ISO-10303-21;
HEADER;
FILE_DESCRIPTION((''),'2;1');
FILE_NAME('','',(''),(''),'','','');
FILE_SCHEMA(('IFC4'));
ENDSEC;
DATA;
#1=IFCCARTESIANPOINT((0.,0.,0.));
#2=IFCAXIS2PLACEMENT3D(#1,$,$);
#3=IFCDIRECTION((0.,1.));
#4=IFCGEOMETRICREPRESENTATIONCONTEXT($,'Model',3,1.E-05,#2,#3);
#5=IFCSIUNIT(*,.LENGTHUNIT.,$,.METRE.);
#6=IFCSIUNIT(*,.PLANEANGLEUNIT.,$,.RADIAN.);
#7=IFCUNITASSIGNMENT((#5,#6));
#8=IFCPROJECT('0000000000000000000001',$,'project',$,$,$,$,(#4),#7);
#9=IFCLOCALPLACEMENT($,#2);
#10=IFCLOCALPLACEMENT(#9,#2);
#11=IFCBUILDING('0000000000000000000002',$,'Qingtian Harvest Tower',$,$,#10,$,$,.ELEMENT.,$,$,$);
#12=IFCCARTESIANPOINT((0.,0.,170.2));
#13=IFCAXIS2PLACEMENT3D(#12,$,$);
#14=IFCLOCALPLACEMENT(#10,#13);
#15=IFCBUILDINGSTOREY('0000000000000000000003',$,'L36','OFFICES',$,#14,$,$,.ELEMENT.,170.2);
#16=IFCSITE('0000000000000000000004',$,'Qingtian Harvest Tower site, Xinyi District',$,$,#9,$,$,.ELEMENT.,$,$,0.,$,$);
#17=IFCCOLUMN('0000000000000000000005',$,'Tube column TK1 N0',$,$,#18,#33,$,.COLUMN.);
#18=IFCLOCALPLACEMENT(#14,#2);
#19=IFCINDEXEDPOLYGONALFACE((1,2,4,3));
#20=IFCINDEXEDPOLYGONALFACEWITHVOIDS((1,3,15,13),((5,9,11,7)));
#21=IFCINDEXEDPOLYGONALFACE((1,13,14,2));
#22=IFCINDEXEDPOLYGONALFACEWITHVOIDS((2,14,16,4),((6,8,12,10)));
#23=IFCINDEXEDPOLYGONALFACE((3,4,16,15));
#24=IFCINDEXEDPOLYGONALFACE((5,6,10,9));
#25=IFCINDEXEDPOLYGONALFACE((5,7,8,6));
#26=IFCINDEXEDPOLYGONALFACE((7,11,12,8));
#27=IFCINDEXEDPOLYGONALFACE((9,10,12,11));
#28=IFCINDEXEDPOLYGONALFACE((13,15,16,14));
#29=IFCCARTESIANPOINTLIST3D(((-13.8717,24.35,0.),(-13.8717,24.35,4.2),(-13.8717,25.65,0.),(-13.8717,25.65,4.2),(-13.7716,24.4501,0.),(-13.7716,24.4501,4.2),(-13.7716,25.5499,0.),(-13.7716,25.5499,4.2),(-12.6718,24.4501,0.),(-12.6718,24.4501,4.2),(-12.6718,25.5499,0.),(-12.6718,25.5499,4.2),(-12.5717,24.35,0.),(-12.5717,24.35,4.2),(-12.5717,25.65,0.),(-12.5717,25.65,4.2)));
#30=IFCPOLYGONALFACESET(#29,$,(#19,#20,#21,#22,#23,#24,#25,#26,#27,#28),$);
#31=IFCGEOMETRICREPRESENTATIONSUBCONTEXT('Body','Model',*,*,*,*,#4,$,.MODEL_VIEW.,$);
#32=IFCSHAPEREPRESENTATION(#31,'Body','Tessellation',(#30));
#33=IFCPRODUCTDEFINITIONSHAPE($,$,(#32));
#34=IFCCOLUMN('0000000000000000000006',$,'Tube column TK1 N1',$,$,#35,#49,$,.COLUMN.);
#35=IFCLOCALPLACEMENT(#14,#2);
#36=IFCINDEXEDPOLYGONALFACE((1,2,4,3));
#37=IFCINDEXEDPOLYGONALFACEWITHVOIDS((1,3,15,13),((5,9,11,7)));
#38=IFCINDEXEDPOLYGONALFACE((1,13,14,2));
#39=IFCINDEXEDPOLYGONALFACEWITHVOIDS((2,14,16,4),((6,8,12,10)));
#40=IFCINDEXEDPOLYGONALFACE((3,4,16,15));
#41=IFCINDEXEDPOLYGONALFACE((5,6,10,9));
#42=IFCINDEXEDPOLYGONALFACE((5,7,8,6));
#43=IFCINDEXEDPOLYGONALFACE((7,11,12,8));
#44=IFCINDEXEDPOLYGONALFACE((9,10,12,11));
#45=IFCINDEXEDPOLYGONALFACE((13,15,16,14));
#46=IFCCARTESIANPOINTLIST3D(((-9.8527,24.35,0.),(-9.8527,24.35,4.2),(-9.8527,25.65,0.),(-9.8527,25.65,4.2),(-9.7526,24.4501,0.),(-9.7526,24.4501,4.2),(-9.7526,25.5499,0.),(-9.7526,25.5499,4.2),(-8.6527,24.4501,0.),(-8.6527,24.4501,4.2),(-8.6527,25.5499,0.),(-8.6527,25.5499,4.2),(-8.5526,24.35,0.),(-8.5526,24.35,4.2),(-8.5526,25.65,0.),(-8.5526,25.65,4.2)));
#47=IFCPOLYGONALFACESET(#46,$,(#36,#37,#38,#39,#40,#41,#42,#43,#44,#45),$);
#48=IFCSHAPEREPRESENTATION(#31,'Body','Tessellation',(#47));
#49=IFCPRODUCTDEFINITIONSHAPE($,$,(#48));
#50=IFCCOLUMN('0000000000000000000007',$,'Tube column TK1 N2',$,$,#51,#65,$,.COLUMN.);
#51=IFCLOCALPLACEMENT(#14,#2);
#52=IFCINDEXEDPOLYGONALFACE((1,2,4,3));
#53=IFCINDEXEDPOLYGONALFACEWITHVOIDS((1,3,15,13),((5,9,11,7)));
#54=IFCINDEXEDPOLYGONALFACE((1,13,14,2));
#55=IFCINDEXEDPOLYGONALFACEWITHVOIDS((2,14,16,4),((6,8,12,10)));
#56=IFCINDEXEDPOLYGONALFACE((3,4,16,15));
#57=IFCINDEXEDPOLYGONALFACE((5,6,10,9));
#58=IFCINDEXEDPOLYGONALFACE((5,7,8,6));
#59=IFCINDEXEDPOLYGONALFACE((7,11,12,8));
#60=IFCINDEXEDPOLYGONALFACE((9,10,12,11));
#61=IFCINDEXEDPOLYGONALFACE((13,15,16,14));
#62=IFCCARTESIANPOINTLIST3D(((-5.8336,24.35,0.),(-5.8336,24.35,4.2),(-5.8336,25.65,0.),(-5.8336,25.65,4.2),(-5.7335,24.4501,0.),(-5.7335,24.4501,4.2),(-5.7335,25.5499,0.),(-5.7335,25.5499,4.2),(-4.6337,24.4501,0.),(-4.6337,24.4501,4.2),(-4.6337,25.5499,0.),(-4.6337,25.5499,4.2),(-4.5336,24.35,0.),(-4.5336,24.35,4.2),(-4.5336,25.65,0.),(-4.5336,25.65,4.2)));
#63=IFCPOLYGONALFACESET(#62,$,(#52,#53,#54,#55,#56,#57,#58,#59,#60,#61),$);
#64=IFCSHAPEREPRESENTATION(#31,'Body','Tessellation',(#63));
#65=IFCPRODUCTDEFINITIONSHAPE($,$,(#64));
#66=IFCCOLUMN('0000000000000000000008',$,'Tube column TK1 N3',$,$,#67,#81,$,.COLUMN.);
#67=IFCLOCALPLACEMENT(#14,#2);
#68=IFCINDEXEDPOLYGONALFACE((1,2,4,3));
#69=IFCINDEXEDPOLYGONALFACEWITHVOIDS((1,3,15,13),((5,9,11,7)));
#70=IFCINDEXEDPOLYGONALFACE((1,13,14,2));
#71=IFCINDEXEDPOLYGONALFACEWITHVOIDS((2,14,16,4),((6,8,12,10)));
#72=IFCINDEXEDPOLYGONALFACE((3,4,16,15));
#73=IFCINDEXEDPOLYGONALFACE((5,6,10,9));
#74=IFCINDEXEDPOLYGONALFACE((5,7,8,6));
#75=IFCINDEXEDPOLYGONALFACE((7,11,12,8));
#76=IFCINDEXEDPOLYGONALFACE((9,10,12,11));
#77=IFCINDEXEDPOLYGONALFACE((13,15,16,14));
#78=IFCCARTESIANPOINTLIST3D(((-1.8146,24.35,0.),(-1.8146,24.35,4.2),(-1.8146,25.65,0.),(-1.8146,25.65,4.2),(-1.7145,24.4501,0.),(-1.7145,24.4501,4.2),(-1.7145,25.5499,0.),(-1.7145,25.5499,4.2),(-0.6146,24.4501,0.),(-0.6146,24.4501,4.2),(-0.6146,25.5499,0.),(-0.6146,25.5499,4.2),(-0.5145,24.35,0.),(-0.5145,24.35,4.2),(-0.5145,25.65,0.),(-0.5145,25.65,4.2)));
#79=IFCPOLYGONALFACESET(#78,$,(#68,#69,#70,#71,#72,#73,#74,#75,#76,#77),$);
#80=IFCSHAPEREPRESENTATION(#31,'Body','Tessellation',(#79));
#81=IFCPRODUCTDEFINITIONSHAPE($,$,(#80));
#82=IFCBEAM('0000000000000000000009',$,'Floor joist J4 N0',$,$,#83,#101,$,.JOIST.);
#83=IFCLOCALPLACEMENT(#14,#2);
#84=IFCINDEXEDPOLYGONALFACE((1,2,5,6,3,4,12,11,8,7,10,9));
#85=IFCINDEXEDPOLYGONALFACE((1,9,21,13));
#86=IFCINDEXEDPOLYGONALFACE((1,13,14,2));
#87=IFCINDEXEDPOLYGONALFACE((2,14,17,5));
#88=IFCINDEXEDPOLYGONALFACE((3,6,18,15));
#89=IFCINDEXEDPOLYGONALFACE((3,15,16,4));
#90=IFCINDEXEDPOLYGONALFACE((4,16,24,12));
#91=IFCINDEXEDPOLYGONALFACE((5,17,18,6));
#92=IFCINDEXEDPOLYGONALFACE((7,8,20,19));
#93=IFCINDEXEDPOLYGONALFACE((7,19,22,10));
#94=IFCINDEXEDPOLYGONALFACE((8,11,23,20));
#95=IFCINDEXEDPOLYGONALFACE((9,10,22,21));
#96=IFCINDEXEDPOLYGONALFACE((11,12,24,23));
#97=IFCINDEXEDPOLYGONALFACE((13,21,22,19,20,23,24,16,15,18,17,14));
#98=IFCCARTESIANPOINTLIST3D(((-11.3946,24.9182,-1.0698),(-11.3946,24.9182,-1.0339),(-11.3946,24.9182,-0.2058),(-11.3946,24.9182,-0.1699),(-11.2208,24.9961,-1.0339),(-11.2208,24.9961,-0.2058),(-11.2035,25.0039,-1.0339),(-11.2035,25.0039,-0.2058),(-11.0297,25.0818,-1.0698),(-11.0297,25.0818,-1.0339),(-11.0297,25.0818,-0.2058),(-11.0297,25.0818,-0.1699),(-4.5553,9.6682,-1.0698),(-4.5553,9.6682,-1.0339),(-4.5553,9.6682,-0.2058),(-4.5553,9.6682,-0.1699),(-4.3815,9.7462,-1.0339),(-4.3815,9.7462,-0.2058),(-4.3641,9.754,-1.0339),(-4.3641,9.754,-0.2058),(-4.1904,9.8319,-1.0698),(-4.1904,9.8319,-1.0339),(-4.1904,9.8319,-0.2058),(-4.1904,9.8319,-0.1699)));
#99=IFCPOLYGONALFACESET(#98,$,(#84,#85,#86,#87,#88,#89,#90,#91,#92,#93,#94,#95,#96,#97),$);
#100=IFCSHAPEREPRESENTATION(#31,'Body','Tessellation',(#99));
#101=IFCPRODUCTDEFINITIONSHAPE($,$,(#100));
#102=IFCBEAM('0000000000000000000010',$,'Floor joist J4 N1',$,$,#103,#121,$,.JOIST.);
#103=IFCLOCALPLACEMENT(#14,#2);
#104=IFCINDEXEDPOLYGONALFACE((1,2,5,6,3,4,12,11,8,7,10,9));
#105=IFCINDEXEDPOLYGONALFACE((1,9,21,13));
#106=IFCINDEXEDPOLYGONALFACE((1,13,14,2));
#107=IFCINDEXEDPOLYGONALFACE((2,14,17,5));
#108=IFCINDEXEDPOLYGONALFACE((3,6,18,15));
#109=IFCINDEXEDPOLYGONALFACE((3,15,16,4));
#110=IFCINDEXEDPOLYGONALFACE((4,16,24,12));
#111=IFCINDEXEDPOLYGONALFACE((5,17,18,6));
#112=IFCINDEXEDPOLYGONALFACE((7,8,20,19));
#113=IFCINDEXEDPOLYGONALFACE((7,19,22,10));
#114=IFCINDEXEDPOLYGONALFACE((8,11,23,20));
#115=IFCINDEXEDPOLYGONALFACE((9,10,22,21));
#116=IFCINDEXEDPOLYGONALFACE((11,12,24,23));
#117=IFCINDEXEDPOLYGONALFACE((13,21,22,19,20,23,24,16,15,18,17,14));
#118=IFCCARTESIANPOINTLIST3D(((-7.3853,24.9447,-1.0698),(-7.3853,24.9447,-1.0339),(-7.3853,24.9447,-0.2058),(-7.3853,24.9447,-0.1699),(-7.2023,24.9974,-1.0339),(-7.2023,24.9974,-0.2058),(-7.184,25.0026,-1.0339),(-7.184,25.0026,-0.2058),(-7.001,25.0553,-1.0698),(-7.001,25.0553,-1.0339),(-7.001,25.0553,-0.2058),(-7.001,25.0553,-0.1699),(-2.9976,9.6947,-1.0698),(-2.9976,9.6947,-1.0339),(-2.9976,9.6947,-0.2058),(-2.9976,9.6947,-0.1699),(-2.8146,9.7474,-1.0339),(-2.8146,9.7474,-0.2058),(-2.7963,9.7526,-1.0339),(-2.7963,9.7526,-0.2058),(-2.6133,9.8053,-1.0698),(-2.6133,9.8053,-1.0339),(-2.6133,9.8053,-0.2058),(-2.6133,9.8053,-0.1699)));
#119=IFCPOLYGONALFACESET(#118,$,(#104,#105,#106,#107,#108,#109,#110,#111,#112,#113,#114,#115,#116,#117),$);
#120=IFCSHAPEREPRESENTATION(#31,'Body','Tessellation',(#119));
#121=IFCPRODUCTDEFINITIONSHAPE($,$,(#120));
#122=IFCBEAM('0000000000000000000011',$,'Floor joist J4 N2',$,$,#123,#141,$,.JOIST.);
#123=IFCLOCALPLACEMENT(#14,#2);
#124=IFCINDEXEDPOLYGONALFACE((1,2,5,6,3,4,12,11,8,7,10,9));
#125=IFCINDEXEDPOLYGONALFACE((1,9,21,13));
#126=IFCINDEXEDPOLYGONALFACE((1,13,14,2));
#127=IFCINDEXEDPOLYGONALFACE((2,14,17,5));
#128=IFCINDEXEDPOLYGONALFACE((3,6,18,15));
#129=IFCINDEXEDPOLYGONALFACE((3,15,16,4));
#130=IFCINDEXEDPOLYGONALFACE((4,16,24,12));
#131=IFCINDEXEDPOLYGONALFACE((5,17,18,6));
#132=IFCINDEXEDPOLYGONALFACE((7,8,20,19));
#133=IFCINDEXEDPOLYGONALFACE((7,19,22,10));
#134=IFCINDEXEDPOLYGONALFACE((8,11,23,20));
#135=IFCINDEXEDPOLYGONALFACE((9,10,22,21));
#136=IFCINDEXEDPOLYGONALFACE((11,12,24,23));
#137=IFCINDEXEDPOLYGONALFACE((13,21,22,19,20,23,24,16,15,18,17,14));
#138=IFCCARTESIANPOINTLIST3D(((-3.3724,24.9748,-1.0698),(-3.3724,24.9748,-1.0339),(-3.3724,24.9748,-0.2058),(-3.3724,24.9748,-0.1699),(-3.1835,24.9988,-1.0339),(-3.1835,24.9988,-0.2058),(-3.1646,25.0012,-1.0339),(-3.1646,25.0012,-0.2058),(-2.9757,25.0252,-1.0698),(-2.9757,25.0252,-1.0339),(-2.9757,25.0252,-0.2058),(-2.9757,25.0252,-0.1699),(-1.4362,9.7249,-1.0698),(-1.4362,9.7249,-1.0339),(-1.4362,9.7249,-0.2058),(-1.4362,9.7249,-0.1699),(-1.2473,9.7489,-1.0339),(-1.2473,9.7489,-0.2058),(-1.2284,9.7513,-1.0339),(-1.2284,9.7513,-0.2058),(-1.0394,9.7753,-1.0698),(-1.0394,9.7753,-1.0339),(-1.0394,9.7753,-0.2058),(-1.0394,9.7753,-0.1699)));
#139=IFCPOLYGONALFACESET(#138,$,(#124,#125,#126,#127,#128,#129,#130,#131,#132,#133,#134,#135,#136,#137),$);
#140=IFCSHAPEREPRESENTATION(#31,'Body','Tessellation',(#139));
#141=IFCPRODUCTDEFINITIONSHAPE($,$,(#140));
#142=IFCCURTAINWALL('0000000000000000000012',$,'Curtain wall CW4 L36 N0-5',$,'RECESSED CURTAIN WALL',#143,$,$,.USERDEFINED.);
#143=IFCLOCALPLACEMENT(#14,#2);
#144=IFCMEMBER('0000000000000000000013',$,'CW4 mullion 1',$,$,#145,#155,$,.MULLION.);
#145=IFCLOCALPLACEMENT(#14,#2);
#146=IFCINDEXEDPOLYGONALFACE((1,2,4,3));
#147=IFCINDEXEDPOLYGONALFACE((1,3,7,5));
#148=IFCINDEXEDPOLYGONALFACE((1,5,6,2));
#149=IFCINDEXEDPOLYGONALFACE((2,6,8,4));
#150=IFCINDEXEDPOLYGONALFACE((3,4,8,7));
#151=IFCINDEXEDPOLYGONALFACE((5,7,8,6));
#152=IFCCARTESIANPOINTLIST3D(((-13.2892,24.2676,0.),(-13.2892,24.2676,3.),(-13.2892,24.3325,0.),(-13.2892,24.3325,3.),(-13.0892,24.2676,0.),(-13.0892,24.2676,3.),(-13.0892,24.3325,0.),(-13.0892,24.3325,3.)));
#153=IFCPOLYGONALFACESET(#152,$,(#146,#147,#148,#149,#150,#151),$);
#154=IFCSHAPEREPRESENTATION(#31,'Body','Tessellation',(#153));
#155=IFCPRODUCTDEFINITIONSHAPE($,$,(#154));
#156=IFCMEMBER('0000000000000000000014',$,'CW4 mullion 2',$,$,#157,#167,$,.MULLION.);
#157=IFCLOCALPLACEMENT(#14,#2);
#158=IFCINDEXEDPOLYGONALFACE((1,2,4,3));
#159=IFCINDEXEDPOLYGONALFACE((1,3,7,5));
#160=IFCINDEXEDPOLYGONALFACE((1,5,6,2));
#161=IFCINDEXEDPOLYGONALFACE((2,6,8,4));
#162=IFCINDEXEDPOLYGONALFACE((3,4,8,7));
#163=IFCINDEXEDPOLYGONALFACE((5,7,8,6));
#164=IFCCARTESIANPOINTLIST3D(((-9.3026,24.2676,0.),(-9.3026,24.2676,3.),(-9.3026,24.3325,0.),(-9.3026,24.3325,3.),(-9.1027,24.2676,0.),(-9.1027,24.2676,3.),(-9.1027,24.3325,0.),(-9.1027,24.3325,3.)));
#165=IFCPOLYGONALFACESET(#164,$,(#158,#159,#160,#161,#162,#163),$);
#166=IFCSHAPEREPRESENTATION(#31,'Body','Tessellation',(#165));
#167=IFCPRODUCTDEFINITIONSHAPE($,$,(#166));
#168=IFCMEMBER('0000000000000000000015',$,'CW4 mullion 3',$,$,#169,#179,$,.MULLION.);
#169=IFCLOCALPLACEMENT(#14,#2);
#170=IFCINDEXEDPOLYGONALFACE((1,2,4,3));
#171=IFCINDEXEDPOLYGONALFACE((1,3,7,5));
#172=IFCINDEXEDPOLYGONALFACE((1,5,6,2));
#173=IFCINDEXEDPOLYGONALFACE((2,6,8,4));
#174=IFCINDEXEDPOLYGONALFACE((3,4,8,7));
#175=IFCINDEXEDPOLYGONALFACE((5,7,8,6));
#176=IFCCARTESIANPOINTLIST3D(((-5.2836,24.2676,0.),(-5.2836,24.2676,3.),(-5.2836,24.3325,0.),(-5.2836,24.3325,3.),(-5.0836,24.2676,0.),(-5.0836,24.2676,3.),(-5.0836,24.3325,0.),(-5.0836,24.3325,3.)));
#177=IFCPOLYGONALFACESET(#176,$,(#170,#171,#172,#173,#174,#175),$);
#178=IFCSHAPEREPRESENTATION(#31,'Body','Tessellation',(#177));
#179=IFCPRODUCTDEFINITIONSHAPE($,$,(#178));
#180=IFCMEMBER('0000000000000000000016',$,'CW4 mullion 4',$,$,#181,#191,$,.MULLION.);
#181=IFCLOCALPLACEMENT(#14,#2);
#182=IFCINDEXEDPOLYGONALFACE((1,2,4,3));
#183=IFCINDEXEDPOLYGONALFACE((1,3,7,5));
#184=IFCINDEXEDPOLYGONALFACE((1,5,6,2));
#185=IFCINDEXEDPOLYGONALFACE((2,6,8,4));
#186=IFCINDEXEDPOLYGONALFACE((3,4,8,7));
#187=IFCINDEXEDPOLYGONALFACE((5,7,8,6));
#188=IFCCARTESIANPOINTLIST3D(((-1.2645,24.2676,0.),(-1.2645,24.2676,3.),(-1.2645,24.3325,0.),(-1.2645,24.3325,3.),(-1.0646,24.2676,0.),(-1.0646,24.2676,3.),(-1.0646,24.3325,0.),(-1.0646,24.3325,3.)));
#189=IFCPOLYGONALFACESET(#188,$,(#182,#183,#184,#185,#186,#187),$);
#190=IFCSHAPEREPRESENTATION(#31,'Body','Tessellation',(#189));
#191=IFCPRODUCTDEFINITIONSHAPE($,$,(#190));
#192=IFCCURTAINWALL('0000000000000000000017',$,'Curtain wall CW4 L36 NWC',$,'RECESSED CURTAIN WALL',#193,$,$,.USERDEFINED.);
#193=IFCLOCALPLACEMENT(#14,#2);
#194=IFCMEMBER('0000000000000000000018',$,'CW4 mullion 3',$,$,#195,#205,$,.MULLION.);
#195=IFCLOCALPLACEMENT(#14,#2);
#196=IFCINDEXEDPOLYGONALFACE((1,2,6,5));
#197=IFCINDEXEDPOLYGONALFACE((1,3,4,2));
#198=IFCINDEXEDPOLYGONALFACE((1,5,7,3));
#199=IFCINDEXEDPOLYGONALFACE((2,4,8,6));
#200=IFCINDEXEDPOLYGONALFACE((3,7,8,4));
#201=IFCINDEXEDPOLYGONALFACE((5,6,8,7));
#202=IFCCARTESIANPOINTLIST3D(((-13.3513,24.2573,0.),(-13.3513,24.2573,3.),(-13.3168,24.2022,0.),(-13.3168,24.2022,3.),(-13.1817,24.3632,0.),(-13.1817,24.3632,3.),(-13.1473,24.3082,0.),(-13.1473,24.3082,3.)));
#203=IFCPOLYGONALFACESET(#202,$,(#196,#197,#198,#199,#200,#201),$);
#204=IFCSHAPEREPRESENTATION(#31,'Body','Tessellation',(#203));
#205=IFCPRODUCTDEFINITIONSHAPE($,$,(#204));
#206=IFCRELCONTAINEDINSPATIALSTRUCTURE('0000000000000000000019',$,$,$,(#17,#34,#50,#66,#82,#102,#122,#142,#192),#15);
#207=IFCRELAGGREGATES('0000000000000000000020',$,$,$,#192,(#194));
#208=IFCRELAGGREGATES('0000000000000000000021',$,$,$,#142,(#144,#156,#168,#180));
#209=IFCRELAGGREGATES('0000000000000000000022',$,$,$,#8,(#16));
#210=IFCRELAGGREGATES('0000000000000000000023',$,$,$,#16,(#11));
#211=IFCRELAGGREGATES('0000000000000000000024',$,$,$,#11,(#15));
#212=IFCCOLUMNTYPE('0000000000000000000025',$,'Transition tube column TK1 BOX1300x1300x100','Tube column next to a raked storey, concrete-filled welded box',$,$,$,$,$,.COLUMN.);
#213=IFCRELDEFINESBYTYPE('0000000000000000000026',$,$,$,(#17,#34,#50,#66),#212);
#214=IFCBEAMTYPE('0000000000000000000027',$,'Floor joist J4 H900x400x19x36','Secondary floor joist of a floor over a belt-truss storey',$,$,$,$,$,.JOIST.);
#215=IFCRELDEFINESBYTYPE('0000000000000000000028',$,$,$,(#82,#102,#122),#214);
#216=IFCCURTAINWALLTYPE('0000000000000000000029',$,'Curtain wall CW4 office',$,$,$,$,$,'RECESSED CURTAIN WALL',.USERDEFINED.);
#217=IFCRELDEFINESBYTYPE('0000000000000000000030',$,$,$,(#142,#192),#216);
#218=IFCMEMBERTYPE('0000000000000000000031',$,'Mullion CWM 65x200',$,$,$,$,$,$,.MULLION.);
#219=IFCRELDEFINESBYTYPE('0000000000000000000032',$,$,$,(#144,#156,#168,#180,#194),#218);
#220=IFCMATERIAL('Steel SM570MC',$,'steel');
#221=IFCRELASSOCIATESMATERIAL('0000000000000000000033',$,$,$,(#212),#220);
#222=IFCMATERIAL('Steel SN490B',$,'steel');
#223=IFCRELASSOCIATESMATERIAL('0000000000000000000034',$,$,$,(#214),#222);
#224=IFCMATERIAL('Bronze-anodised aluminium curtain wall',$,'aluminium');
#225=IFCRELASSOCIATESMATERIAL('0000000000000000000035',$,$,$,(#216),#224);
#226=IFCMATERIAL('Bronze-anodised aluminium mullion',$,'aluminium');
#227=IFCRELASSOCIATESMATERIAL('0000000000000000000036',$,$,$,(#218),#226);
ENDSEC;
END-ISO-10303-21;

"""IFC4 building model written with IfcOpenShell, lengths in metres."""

from ifc_helpers import new_model, si_unit, direction, frame, origin, origin_2d, place, context, subcontext, project, spatial, rectangle, hollow_rectangle, i_section, extrude, material, material_profile, profile_set, type_object, element, aggregate, save


model = new_model("IFC4")

# Units and contexts
model_context = context("Model", 3, precision=1e-05, world=origin(), true_north=direction((0.0, 1.0)))
body_context = subcontext(model_context, "Body", "Model", "MODEL_VIEW")
ifc_project = project(units=[si_unit("LENGTHUNIT", "METRE"), si_unit("PLANEANGLEUNIT", "RADIAN")], contexts=[model_context])

# Site, building, storey
site_placement = place(None, origin())
site = spatial("IfcSite", under=ifc_project, at=site_placement, Name="Qingtian Harvest Tower site, Xinyi District", CompositionType="ELEMENT", RefElevation=0.0)
building_placement = place(site_placement, origin())
building = spatial("IfcBuilding", under=site, at=building_placement, Name="Qingtian Harvest Tower", CompositionType="ELEMENT")
storey_placement = place(building_placement, frame((0.0, 0.0, 170.2)))
storey = spatial("IfcBuildingStorey", under=building, at=storey_placement, Name="L36", Description="OFFICES", CompositionType="ELEMENT", Elevation=170.2)

# Columns
ifc_material_1 = material(Name="Steel SM570MC", Category="steel")
ifc_material_profile_1 = material_profile(ifc_material_1, hollow_rectangle(XDim=1.3, YDim=1.3, WallThickness=0.1001, at=origin_2d()), Name="BOX1300x1300x100")
ifc_profile_set_1 = profile_set([ifc_material_profile_1], Name="Steel SM570MC")
column_type = type_object("IfcColumnType", Name="Transition tube column TK1 BOX1300x1300x100", Description="Tube column next to a raked storey, concrete-filled welded box", PredefinedType="COLUMN", material=ifc_profile_set_1)
for number, where, z_axis, x_axis, name in (
    (1, (-13.2217, 25.0, 0.0), (0.0, 0.0, 1.0), (-1.0, 0.0, 0.0), "Tube column TK1 N0"),
    (2, (-9.2026, 25.0, 0.0), (0.0, 0.0, 1.0), (-1.0, 0.0, 0.0), "Tube column TK1 N1"),
    (3, (-5.1836, 25.0, 0.0), (0.0, 0.0, 1.0), (-1.0, 0.0, 0.0), "Tube column TK1 N2"),
    (4, (-1.1646, 25.0, 0.0), (0.0, 0.0, 1.0), (-1.0, 0.0, 0.0), "Tube column TK1 N3"),
):
    element("IfcColumn", number, at=place(storey_placement, frame(where, z_axis=z_axis, x_axis=x_axis)), inside=storey, type_object=column_type, Name=name, PredefinedType="COLUMN", context=body_context, shape_type="SweptSolid", body=[
        extrude(hollow_rectangle(XDim=1.3, YDim=1.3, WallThickness=0.1001, at=origin_2d()), origin(), (0.0, 0.0, 1.0), 4.2),
    ])

# Beams
ifc_material_2 = material(Name="Steel SN490B", Category="steel")
ifc_material_profile_2 = material_profile(ifc_material_2, i_section(OverallWidth=0.3999, OverallDepth=0.8999, WebThickness=0.019, FlangeThickness=0.0359, at=origin_2d()), Name="H900x400x19x36")
ifc_profile_set_2 = profile_set([ifc_material_profile_2], Name="Steel SN490B")
beam_type_1 = type_object("IfcBeamType", Name="Floor joist J4 H900x400x19x36", Description="Secondary floor joist of a floor over a belt-truss storey", PredefinedType="JOIST", material=ifc_profile_set_2)
beam_1_placement = place(storey_placement, frame((-11.2122, 25.0, -0.6199), z_axis=(0.409213, -0.912439, 0.0), x_axis=(0.912439, 0.409213, 0.0)))
element("IfcBeam", 5, at=beam_1_placement, inside=storey, type_object=beam_type_1, Name="Floor joist J4 N0", PredefinedType="JOIST", context=body_context, shape_type="SweptSolid", body=[
    extrude(i_section(OverallWidth=0.3999, OverallDepth=0.8999, WebThickness=0.019, FlangeThickness=0.0359, at=origin_2d()), origin(), (0.0, 0.0, 1.0), 16.7134),
])
beam_2_placement = place(storey_placement, frame((-7.1931, 25.0, -0.6199), z_axis=(0.276501, -0.961014, 0.0), x_axis=(0.961014, 0.276501, 0.0)))
element("IfcBeam", 6, at=beam_2_placement, inside=storey, type_object=beam_type_1, Name="Floor joist J4 N1", PredefinedType="JOIST", context=body_context, shape_type="SweptSolid", body=[
    extrude(i_section(OverallWidth=0.3999, OverallDepth=0.8999, WebThickness=0.019, FlangeThickness=0.0359, at=origin_2d()), origin(), (0.0, 0.0, 1.0), 15.8687),
])
beam_3_placement = place(storey_placement, frame((-3.1741, 25.0, -0.6199), z_axis=(0.125958, -0.992036, 0.0), x_axis=(0.992036, 0.125958, 0.0)))
element("IfcBeam", 7, at=beam_3_placement, inside=storey, type_object=beam_type_1, Name="Floor joist J4 N2", PredefinedType="JOIST", context=body_context, shape_type="SweptSolid", body=[
    extrude(i_section(OverallWidth=0.3999, OverallDepth=0.8999, WebThickness=0.019, FlangeThickness=0.0359, at=origin_2d()), origin(), (0.0, 0.0, 1.0), 15.3723),
])

# Curtain wall, members
ifc_material_3 = material(Name="Bronze-anodised aluminium curtain wall", Category="aluminium")
curtain_wall_type = type_object("IfcCurtainWallType", Name="Curtain wall CW4 office", ElementType="RECESSED CURTAIN WALL", PredefinedType="USERDEFINED", material=ifc_material_3)
curtain_wall_1_placement = place(storey_placement, origin())
curtain_wall_1 = element("IfcCurtainWall", 8, at=curtain_wall_1_placement, inside=storey, type_object=curtain_wall_type, Name="Curtain wall CW4 L36 N0-5", ObjectType="RECESSED CURTAIN WALL", PredefinedType="USERDEFINED")
ifc_material_4 = material(Name="Bronze-anodised aluminium mullion", Category="aluminium")
ifc_material_profile_3 = material_profile(ifc_material_4, rectangle(XDim=0.0649, YDim=0.2, at=origin_2d()), Name="AL 65x200")
ifc_profile_set_3 = profile_set([ifc_material_profile_3], Name="Bronze-anodised aluminium mullion")
member_type_1 = type_object("IfcMemberType", Name="Mullion CWM 65x200", PredefinedType="MULLION", material=ifc_profile_set_3)
member_1_placement = place(storey_placement, frame((-13.1892, 24.3, 0.0), z_axis=(0.0, 0.0, 1.0), x_axis=(0.0, 1.0, 0.0)))
member_1 = element("IfcMember", 9, at=member_1_placement, type_object=member_type_1, Name="CW4 mullion 1", PredefinedType="MULLION", context=body_context, shape_type="SweptSolid", body=[
    extrude(rectangle(XDim=0.0649, YDim=0.2, at=origin_2d()), origin(), (0.0, 0.0, 1.0), 3.0),
])
member_2_placement = place(storey_placement, frame((-9.2026, 24.3, 0.0), z_axis=(0.0, 0.0, 1.0), x_axis=(0.0, 1.0, 0.0)))
member_2 = element("IfcMember", 10, at=member_2_placement, type_object=member_type_1, Name="CW4 mullion 2", PredefinedType="MULLION", context=body_context, shape_type="SweptSolid", body=[
    extrude(rectangle(XDim=0.0649, YDim=0.2, at=origin_2d()), origin(), (0.0, 0.0, 1.0), 3.0),
])
member_3_placement = place(storey_placement, frame((-5.1836, 24.3, 0.0), z_axis=(0.0, 0.0, 1.0), x_axis=(0.0, 1.0, 0.0)))
member_3 = element("IfcMember", 11, at=member_3_placement, type_object=member_type_1, Name="CW4 mullion 3", PredefinedType="MULLION", context=body_context, shape_type="SweptSolid", body=[
    extrude(rectangle(XDim=0.0649, YDim=0.2, at=origin_2d()), origin(), (0.0, 0.0, 1.0), 3.0),
])
member_4_placement = place(storey_placement, frame((-1.1646, 24.3, 0.0), z_axis=(0.0, 0.0, 1.0), x_axis=(0.0, 1.0, 0.0)))
member_4 = element("IfcMember", 12, at=member_4_placement, type_object=member_type_1, Name="CW4 mullion 4", PredefinedType="MULLION", context=body_context, shape_type="SweptSolid", body=[
    extrude(rectangle(XDim=0.0649, YDim=0.2, at=origin_2d()), origin(), (0.0, 0.0, 1.0), 3.0),
])

# Curtain wall, member
curtain_wall_2_placement = place(storey_placement, origin())
curtain_wall_2 = element("IfcCurtainWall", 13, at=curtain_wall_2_placement, inside=storey, type_object=curtain_wall_type, Name="Curtain wall CW4 L36 NWC", ObjectType="RECESSED CURTAIN WALL", PredefinedType="USERDEFINED")
member_5_placement = place(storey_placement, frame((-13.2493, 24.2827, 0.0), z_axis=(0.0, 0.0, 1.0), x_axis=(-0.529919, 0.848048, 0.0)))
member_5 = element("IfcMember", 14, at=member_5_placement, type_object=member_type_1, Name="CW4 mullion 3", PredefinedType="MULLION", context=body_context, shape_type="SweptSolid", body=[
    extrude(rectangle(XDim=0.0649, YDim=0.2, at=origin_2d()), origin(), (0.0, 0.0, 1.0), 3.0),
])
aggregate(curtain_wall_2, [member_5])

aggregate(curtain_wall_1, [member_1, member_2, member_3, member_4])

save(model, "model.ifc")
